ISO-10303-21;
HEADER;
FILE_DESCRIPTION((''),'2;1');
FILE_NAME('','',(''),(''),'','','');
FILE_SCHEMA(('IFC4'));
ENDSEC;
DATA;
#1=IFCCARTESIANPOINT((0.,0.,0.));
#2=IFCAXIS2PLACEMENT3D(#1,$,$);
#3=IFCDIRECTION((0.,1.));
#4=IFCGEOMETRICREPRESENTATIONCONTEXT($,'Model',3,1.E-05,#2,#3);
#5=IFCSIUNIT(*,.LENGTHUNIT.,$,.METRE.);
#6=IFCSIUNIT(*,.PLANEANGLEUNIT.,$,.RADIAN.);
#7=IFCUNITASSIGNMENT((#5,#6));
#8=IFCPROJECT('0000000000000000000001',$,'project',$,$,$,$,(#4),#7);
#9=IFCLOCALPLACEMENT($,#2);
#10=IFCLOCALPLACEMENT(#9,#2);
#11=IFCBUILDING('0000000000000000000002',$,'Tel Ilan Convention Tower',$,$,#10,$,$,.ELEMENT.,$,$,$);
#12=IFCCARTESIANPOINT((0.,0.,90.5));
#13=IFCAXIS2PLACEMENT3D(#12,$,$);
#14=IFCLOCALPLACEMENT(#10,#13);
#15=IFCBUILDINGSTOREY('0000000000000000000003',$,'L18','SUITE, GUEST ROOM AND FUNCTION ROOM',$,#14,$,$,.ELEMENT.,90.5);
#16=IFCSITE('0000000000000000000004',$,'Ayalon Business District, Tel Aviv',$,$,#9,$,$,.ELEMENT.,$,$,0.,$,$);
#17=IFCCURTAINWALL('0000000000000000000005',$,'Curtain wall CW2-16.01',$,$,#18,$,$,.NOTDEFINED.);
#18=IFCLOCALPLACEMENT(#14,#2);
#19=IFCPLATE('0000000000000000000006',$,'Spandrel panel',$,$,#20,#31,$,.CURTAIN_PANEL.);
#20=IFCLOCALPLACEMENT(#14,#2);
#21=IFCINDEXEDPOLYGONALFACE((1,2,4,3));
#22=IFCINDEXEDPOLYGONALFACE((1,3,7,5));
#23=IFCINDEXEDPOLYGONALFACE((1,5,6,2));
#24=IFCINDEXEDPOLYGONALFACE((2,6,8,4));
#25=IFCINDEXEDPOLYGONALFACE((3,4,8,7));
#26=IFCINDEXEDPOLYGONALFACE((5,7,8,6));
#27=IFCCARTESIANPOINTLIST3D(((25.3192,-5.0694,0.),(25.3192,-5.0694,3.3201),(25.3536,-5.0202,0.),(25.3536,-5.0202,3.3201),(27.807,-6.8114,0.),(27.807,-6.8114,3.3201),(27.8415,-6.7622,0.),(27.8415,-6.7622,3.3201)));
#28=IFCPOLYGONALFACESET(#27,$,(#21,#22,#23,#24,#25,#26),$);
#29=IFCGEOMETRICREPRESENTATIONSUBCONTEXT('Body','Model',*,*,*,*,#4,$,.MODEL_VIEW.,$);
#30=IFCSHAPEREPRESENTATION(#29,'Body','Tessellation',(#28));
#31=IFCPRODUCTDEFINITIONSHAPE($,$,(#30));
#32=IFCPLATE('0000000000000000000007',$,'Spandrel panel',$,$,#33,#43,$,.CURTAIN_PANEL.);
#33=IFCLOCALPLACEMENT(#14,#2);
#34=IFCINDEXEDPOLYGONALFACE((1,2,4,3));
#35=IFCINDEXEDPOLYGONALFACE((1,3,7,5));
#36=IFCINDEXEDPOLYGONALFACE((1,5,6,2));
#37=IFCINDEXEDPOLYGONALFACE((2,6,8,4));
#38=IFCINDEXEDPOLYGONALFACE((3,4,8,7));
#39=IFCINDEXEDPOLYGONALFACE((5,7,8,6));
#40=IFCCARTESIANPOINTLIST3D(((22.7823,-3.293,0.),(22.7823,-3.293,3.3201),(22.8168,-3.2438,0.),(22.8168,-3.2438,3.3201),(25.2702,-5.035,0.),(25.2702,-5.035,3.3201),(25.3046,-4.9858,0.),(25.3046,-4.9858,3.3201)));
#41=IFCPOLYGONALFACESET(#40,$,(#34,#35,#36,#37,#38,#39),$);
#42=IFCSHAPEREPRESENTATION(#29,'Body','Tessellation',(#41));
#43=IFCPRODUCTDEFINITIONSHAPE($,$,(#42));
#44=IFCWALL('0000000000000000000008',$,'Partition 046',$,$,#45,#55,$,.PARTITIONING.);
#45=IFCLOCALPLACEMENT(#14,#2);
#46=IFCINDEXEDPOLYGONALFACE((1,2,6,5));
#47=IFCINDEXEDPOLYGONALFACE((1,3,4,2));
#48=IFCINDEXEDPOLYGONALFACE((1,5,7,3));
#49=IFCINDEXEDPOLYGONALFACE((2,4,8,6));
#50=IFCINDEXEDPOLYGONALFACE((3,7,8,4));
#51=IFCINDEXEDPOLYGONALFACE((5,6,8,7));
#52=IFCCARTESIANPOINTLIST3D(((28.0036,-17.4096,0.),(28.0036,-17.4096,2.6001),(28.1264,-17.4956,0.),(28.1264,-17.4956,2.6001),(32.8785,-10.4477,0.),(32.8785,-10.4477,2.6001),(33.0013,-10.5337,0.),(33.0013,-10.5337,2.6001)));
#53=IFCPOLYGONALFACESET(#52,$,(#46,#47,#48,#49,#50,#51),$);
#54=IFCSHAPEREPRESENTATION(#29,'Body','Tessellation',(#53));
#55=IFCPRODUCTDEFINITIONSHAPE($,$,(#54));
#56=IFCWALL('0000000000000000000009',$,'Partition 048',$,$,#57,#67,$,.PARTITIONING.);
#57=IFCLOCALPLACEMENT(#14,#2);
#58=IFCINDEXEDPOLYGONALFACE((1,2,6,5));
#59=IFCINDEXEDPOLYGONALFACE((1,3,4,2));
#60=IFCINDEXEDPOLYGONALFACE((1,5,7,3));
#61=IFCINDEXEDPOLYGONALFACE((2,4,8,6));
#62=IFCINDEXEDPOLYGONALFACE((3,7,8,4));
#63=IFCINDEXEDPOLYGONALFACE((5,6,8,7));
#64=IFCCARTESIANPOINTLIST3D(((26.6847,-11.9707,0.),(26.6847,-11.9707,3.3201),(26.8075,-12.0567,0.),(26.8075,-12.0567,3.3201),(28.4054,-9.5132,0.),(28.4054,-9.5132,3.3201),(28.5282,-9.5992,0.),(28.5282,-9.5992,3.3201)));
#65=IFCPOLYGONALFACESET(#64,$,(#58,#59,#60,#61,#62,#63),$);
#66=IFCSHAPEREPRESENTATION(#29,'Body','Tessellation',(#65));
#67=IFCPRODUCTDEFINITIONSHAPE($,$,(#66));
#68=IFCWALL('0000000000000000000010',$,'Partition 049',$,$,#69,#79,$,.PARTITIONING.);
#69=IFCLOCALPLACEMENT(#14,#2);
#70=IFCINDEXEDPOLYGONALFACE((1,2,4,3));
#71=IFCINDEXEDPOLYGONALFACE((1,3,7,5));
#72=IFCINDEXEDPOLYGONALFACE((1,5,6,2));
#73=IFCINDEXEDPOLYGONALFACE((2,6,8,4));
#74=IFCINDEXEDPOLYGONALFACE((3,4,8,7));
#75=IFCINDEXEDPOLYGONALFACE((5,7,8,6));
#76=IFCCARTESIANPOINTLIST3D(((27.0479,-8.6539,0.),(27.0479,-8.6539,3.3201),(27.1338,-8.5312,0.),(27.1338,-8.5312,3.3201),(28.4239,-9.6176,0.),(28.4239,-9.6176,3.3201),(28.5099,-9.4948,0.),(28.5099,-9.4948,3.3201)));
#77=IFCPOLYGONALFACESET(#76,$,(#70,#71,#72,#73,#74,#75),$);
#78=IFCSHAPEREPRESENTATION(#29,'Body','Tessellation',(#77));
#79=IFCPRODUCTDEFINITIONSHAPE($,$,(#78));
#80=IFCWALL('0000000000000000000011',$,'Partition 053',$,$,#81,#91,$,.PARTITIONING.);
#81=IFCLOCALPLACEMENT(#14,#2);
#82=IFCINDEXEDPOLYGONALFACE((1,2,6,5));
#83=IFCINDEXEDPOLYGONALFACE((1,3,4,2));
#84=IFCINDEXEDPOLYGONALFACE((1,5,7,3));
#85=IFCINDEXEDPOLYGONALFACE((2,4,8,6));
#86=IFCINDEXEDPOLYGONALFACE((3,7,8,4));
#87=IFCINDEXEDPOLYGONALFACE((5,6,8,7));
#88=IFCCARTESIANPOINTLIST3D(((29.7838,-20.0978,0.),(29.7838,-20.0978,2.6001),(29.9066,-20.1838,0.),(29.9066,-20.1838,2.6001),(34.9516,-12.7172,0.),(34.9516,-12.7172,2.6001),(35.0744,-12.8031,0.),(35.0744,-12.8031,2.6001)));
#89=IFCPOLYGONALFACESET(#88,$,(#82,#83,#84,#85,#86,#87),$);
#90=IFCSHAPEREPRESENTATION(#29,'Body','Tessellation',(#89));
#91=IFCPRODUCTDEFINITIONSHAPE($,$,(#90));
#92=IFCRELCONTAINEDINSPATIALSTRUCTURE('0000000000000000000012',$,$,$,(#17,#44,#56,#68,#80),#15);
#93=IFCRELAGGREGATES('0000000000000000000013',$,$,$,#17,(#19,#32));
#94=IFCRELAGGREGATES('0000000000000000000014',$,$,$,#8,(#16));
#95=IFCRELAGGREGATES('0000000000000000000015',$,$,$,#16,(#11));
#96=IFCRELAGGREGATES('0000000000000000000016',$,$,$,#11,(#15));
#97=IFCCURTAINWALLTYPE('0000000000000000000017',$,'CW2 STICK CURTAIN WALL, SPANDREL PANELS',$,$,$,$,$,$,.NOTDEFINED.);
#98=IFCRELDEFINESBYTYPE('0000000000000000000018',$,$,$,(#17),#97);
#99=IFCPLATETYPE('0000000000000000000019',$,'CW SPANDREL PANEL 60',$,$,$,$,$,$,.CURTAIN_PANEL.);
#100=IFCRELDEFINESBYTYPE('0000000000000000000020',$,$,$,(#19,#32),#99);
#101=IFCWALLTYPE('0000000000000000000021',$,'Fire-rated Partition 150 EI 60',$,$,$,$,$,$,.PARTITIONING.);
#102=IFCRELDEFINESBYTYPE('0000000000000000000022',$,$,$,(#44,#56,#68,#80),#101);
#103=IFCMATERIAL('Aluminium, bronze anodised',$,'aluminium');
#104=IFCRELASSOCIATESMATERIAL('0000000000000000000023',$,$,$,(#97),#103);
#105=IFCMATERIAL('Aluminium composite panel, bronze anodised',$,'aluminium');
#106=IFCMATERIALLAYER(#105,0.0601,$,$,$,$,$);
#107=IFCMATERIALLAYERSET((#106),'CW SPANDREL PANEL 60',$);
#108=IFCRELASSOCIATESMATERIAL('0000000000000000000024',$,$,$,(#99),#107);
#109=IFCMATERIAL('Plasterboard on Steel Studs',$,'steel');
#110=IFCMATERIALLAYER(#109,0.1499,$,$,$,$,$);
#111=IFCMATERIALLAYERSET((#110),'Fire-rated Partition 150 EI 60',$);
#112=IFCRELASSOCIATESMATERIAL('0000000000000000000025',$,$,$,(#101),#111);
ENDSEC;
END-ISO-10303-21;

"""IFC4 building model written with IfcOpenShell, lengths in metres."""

from ifc_helpers import new_model, si_unit, direction, frame, frame_2d, origin, origin_2d, place, context, subcontext, project, spatial, rectangle, extrude, material, layer, layer_set, type_object, element, aggregate, save


model = new_model("IFC4")

# Units and contexts
model_context = context("Model", 3, precision=1e-05, world=origin(), true_north=direction((0.0, 1.0)))
body_context = subcontext(model_context, "Body", "Model", "MODEL_VIEW")
ifc_project = project(units=[si_unit("LENGTHUNIT", "METRE"), si_unit("PLANEANGLEUNIT", "RADIAN")], contexts=[model_context])

# Site, building, storey
site_placement = place(None, origin())
site = spatial("IfcSite", under=ifc_project, at=site_placement, Name="Ayalon Business District, Tel Aviv", CompositionType="ELEMENT", RefElevation=0.0)
building_placement = place(site_placement, origin())
building = spatial("IfcBuilding", under=site, at=building_placement, Name="Tel Ilan Convention Tower", CompositionType="ELEMENT")
storey_placement = place(building_placement, frame((0.0, 0.0, 90.5)))
storey = spatial("IfcBuildingStorey", under=building, at=storey_placement, Name="L18", Description="SUITE, GUEST ROOM AND FUNCTION ROOM", CompositionType="ELEMENT", Elevation=90.5)

# Curtain wall
ifc_material_1 = material(Name="Aluminium, bronze anodised", Category="aluminium")
curtain_wall_type_1 = type_object("IfcCurtainWallType", Name="CW2 STICK CURTAIN WALL, SPANDREL PANELS", PredefinedType="NOTDEFINED", material=ifc_material_1)
curtain_wall_1_placement = place(storey_placement, origin())
curtain_wall_1 = element("IfcCurtainWall", 1, at=curtain_wall_1_placement, inside=storey, type_object=curtain_wall_type_1, Name="Curtain wall CW2-16.01", PredefinedType="NOTDEFINED")

# Plates
ifc_material_2 = material(Name="Aluminium composite panel, bronze anodised", Category="aluminium")
ifc_layer_1 = layer(ifc_material_2, 0.0601)
ifc_layer_set_1 = layer_set([ifc_layer_1], Name="CW SPANDREL PANEL 60")
plate_type_1 = type_object("IfcPlateType", Name="CW SPANDREL PANEL 60", PredefinedType="CURTAIN_PANEL", material=ifc_layer_set_1)
plate_1_placement = place(storey_placement, frame((26.5803, -5.9158, 0.0), z_axis=(0.0, 0.0, 1.0), x_axis=(-0.819152, 0.573576, 0.0)))
plate_1 = element("IfcPlate", 2, at=plate_1_placement, type_object=plate_type_1, Name="Spandrel panel", PredefinedType="CURTAIN_PANEL", context=body_context, shape_type="SweptSolid", body=[
    extrude(rectangle(XDim=3.0371, YDim=0.0601, at=origin_2d()), origin(), (0.0, 0.0, 1.0), 3.3201),
])
plate_2_placement = place(storey_placement, frame((24.0435, -4.1394, 0.0), z_axis=(0.0, 0.0, 1.0), x_axis=(-0.819152, 0.573576, 0.0)))
plate_2 = element("IfcPlate", 3, at=plate_2_placement, type_object=plate_type_1, Name="Spandrel panel", PredefinedType="CURTAIN_PANEL", context=body_context, shape_type="SweptSolid", body=[
    extrude(rectangle(XDim=3.0371, YDim=0.0601, at=origin_2d()), origin(), (0.0, 0.0, 1.0), 3.3201),
])
aggregate(curtain_wall_1, [plate_1, plate_2])

# Walls
ifc_material_3 = material(Name="Plasterboard on Steel Studs", Category="steel")
ifc_layer_2 = layer(ifc_material_3, 0.1499)
ifc_layer_set_2 = layer_set([ifc_layer_2], Name="Fire-rated Partition 150 EI 60")
wall_type = type_object("IfcWallType", Name="Fire-rated Partition 150 EI 60", PredefinedType="PARTITIONING", material=ifc_layer_set_2)
wall_1_placement = place(storey_placement, frame((32.9399, -10.4907, 0.0), z_axis=(0.0, 0.0, 1.0), x_axis=(-0.573593, -0.81914, 0.0)))
element("IfcWall", 4, at=wall_1_placement, inside=storey, type_object=wall_type, Name="Partition 046", PredefinedType="PARTITIONING", context=body_context, shape_type="SweptSolid", body=[
    extrude(rectangle(XDim=8.499, YDim=0.1499, at=frame_2d((4.2495, 0.0))), origin(), (0.0, 0.0, 1.0), 2.6001),
])
wall_2_placement = place(storey_placement, frame((26.7461, -12.0137, 0.0), z_axis=(0.0, 0.0, 1.0), x_axis=(0.573561, 0.819163, 0.0)))
element("IfcWall", 5, at=wall_2_placement, inside=storey, type_object=wall_type, Name="Partition 048", PredefinedType="PARTITIONING", context=body_context, shape_type="SweptSolid", body=[
    extrude(rectangle(XDim=3.0, YDim=0.1499, at=frame_2d((1.5, 0.0))), origin(), (0.0, 0.0, 1.0), 3.3201),
])
wall_3_placement = place(storey_placement, frame((28.4668, -9.5562, 0.0), z_axis=(0.0, 0.0, 1.0), x_axis=(-0.819109, 0.573638, 0.0)))
element("IfcWall", 6, at=wall_3_placement, inside=storey, type_object=wall_type, Name="Partition 049", PredefinedType="PARTITIONING", context=body_context, shape_type="SweptSolid", body=[
    extrude(rectangle(XDim=1.6799, YDim=0.1499, at=frame_2d((0.8398, 0.0))), origin(), (0.0, 0.0, 1.0), 3.3201),
])
wall_4_placement = place(storey_placement, frame((35.0129, -12.7603, 0.0), z_axis=(0.0, 0.0, 1.0), x_axis=(-0.573559, -0.819164, 0.0)))
element("IfcWall", 7, at=wall_4_placement, inside=storey, type_object=wall_type, Name="Partition 053", PredefinedType="PARTITIONING", context=body_context, shape_type="SweptSolid", body=[
    extrude(rectangle(XDim=9.01, YDim=0.1499, at=frame_2d((4.5049, 0.0))), origin(), (0.0, 0.0, 1.0), 2.6001),
])

save(model, "model.ifc")
